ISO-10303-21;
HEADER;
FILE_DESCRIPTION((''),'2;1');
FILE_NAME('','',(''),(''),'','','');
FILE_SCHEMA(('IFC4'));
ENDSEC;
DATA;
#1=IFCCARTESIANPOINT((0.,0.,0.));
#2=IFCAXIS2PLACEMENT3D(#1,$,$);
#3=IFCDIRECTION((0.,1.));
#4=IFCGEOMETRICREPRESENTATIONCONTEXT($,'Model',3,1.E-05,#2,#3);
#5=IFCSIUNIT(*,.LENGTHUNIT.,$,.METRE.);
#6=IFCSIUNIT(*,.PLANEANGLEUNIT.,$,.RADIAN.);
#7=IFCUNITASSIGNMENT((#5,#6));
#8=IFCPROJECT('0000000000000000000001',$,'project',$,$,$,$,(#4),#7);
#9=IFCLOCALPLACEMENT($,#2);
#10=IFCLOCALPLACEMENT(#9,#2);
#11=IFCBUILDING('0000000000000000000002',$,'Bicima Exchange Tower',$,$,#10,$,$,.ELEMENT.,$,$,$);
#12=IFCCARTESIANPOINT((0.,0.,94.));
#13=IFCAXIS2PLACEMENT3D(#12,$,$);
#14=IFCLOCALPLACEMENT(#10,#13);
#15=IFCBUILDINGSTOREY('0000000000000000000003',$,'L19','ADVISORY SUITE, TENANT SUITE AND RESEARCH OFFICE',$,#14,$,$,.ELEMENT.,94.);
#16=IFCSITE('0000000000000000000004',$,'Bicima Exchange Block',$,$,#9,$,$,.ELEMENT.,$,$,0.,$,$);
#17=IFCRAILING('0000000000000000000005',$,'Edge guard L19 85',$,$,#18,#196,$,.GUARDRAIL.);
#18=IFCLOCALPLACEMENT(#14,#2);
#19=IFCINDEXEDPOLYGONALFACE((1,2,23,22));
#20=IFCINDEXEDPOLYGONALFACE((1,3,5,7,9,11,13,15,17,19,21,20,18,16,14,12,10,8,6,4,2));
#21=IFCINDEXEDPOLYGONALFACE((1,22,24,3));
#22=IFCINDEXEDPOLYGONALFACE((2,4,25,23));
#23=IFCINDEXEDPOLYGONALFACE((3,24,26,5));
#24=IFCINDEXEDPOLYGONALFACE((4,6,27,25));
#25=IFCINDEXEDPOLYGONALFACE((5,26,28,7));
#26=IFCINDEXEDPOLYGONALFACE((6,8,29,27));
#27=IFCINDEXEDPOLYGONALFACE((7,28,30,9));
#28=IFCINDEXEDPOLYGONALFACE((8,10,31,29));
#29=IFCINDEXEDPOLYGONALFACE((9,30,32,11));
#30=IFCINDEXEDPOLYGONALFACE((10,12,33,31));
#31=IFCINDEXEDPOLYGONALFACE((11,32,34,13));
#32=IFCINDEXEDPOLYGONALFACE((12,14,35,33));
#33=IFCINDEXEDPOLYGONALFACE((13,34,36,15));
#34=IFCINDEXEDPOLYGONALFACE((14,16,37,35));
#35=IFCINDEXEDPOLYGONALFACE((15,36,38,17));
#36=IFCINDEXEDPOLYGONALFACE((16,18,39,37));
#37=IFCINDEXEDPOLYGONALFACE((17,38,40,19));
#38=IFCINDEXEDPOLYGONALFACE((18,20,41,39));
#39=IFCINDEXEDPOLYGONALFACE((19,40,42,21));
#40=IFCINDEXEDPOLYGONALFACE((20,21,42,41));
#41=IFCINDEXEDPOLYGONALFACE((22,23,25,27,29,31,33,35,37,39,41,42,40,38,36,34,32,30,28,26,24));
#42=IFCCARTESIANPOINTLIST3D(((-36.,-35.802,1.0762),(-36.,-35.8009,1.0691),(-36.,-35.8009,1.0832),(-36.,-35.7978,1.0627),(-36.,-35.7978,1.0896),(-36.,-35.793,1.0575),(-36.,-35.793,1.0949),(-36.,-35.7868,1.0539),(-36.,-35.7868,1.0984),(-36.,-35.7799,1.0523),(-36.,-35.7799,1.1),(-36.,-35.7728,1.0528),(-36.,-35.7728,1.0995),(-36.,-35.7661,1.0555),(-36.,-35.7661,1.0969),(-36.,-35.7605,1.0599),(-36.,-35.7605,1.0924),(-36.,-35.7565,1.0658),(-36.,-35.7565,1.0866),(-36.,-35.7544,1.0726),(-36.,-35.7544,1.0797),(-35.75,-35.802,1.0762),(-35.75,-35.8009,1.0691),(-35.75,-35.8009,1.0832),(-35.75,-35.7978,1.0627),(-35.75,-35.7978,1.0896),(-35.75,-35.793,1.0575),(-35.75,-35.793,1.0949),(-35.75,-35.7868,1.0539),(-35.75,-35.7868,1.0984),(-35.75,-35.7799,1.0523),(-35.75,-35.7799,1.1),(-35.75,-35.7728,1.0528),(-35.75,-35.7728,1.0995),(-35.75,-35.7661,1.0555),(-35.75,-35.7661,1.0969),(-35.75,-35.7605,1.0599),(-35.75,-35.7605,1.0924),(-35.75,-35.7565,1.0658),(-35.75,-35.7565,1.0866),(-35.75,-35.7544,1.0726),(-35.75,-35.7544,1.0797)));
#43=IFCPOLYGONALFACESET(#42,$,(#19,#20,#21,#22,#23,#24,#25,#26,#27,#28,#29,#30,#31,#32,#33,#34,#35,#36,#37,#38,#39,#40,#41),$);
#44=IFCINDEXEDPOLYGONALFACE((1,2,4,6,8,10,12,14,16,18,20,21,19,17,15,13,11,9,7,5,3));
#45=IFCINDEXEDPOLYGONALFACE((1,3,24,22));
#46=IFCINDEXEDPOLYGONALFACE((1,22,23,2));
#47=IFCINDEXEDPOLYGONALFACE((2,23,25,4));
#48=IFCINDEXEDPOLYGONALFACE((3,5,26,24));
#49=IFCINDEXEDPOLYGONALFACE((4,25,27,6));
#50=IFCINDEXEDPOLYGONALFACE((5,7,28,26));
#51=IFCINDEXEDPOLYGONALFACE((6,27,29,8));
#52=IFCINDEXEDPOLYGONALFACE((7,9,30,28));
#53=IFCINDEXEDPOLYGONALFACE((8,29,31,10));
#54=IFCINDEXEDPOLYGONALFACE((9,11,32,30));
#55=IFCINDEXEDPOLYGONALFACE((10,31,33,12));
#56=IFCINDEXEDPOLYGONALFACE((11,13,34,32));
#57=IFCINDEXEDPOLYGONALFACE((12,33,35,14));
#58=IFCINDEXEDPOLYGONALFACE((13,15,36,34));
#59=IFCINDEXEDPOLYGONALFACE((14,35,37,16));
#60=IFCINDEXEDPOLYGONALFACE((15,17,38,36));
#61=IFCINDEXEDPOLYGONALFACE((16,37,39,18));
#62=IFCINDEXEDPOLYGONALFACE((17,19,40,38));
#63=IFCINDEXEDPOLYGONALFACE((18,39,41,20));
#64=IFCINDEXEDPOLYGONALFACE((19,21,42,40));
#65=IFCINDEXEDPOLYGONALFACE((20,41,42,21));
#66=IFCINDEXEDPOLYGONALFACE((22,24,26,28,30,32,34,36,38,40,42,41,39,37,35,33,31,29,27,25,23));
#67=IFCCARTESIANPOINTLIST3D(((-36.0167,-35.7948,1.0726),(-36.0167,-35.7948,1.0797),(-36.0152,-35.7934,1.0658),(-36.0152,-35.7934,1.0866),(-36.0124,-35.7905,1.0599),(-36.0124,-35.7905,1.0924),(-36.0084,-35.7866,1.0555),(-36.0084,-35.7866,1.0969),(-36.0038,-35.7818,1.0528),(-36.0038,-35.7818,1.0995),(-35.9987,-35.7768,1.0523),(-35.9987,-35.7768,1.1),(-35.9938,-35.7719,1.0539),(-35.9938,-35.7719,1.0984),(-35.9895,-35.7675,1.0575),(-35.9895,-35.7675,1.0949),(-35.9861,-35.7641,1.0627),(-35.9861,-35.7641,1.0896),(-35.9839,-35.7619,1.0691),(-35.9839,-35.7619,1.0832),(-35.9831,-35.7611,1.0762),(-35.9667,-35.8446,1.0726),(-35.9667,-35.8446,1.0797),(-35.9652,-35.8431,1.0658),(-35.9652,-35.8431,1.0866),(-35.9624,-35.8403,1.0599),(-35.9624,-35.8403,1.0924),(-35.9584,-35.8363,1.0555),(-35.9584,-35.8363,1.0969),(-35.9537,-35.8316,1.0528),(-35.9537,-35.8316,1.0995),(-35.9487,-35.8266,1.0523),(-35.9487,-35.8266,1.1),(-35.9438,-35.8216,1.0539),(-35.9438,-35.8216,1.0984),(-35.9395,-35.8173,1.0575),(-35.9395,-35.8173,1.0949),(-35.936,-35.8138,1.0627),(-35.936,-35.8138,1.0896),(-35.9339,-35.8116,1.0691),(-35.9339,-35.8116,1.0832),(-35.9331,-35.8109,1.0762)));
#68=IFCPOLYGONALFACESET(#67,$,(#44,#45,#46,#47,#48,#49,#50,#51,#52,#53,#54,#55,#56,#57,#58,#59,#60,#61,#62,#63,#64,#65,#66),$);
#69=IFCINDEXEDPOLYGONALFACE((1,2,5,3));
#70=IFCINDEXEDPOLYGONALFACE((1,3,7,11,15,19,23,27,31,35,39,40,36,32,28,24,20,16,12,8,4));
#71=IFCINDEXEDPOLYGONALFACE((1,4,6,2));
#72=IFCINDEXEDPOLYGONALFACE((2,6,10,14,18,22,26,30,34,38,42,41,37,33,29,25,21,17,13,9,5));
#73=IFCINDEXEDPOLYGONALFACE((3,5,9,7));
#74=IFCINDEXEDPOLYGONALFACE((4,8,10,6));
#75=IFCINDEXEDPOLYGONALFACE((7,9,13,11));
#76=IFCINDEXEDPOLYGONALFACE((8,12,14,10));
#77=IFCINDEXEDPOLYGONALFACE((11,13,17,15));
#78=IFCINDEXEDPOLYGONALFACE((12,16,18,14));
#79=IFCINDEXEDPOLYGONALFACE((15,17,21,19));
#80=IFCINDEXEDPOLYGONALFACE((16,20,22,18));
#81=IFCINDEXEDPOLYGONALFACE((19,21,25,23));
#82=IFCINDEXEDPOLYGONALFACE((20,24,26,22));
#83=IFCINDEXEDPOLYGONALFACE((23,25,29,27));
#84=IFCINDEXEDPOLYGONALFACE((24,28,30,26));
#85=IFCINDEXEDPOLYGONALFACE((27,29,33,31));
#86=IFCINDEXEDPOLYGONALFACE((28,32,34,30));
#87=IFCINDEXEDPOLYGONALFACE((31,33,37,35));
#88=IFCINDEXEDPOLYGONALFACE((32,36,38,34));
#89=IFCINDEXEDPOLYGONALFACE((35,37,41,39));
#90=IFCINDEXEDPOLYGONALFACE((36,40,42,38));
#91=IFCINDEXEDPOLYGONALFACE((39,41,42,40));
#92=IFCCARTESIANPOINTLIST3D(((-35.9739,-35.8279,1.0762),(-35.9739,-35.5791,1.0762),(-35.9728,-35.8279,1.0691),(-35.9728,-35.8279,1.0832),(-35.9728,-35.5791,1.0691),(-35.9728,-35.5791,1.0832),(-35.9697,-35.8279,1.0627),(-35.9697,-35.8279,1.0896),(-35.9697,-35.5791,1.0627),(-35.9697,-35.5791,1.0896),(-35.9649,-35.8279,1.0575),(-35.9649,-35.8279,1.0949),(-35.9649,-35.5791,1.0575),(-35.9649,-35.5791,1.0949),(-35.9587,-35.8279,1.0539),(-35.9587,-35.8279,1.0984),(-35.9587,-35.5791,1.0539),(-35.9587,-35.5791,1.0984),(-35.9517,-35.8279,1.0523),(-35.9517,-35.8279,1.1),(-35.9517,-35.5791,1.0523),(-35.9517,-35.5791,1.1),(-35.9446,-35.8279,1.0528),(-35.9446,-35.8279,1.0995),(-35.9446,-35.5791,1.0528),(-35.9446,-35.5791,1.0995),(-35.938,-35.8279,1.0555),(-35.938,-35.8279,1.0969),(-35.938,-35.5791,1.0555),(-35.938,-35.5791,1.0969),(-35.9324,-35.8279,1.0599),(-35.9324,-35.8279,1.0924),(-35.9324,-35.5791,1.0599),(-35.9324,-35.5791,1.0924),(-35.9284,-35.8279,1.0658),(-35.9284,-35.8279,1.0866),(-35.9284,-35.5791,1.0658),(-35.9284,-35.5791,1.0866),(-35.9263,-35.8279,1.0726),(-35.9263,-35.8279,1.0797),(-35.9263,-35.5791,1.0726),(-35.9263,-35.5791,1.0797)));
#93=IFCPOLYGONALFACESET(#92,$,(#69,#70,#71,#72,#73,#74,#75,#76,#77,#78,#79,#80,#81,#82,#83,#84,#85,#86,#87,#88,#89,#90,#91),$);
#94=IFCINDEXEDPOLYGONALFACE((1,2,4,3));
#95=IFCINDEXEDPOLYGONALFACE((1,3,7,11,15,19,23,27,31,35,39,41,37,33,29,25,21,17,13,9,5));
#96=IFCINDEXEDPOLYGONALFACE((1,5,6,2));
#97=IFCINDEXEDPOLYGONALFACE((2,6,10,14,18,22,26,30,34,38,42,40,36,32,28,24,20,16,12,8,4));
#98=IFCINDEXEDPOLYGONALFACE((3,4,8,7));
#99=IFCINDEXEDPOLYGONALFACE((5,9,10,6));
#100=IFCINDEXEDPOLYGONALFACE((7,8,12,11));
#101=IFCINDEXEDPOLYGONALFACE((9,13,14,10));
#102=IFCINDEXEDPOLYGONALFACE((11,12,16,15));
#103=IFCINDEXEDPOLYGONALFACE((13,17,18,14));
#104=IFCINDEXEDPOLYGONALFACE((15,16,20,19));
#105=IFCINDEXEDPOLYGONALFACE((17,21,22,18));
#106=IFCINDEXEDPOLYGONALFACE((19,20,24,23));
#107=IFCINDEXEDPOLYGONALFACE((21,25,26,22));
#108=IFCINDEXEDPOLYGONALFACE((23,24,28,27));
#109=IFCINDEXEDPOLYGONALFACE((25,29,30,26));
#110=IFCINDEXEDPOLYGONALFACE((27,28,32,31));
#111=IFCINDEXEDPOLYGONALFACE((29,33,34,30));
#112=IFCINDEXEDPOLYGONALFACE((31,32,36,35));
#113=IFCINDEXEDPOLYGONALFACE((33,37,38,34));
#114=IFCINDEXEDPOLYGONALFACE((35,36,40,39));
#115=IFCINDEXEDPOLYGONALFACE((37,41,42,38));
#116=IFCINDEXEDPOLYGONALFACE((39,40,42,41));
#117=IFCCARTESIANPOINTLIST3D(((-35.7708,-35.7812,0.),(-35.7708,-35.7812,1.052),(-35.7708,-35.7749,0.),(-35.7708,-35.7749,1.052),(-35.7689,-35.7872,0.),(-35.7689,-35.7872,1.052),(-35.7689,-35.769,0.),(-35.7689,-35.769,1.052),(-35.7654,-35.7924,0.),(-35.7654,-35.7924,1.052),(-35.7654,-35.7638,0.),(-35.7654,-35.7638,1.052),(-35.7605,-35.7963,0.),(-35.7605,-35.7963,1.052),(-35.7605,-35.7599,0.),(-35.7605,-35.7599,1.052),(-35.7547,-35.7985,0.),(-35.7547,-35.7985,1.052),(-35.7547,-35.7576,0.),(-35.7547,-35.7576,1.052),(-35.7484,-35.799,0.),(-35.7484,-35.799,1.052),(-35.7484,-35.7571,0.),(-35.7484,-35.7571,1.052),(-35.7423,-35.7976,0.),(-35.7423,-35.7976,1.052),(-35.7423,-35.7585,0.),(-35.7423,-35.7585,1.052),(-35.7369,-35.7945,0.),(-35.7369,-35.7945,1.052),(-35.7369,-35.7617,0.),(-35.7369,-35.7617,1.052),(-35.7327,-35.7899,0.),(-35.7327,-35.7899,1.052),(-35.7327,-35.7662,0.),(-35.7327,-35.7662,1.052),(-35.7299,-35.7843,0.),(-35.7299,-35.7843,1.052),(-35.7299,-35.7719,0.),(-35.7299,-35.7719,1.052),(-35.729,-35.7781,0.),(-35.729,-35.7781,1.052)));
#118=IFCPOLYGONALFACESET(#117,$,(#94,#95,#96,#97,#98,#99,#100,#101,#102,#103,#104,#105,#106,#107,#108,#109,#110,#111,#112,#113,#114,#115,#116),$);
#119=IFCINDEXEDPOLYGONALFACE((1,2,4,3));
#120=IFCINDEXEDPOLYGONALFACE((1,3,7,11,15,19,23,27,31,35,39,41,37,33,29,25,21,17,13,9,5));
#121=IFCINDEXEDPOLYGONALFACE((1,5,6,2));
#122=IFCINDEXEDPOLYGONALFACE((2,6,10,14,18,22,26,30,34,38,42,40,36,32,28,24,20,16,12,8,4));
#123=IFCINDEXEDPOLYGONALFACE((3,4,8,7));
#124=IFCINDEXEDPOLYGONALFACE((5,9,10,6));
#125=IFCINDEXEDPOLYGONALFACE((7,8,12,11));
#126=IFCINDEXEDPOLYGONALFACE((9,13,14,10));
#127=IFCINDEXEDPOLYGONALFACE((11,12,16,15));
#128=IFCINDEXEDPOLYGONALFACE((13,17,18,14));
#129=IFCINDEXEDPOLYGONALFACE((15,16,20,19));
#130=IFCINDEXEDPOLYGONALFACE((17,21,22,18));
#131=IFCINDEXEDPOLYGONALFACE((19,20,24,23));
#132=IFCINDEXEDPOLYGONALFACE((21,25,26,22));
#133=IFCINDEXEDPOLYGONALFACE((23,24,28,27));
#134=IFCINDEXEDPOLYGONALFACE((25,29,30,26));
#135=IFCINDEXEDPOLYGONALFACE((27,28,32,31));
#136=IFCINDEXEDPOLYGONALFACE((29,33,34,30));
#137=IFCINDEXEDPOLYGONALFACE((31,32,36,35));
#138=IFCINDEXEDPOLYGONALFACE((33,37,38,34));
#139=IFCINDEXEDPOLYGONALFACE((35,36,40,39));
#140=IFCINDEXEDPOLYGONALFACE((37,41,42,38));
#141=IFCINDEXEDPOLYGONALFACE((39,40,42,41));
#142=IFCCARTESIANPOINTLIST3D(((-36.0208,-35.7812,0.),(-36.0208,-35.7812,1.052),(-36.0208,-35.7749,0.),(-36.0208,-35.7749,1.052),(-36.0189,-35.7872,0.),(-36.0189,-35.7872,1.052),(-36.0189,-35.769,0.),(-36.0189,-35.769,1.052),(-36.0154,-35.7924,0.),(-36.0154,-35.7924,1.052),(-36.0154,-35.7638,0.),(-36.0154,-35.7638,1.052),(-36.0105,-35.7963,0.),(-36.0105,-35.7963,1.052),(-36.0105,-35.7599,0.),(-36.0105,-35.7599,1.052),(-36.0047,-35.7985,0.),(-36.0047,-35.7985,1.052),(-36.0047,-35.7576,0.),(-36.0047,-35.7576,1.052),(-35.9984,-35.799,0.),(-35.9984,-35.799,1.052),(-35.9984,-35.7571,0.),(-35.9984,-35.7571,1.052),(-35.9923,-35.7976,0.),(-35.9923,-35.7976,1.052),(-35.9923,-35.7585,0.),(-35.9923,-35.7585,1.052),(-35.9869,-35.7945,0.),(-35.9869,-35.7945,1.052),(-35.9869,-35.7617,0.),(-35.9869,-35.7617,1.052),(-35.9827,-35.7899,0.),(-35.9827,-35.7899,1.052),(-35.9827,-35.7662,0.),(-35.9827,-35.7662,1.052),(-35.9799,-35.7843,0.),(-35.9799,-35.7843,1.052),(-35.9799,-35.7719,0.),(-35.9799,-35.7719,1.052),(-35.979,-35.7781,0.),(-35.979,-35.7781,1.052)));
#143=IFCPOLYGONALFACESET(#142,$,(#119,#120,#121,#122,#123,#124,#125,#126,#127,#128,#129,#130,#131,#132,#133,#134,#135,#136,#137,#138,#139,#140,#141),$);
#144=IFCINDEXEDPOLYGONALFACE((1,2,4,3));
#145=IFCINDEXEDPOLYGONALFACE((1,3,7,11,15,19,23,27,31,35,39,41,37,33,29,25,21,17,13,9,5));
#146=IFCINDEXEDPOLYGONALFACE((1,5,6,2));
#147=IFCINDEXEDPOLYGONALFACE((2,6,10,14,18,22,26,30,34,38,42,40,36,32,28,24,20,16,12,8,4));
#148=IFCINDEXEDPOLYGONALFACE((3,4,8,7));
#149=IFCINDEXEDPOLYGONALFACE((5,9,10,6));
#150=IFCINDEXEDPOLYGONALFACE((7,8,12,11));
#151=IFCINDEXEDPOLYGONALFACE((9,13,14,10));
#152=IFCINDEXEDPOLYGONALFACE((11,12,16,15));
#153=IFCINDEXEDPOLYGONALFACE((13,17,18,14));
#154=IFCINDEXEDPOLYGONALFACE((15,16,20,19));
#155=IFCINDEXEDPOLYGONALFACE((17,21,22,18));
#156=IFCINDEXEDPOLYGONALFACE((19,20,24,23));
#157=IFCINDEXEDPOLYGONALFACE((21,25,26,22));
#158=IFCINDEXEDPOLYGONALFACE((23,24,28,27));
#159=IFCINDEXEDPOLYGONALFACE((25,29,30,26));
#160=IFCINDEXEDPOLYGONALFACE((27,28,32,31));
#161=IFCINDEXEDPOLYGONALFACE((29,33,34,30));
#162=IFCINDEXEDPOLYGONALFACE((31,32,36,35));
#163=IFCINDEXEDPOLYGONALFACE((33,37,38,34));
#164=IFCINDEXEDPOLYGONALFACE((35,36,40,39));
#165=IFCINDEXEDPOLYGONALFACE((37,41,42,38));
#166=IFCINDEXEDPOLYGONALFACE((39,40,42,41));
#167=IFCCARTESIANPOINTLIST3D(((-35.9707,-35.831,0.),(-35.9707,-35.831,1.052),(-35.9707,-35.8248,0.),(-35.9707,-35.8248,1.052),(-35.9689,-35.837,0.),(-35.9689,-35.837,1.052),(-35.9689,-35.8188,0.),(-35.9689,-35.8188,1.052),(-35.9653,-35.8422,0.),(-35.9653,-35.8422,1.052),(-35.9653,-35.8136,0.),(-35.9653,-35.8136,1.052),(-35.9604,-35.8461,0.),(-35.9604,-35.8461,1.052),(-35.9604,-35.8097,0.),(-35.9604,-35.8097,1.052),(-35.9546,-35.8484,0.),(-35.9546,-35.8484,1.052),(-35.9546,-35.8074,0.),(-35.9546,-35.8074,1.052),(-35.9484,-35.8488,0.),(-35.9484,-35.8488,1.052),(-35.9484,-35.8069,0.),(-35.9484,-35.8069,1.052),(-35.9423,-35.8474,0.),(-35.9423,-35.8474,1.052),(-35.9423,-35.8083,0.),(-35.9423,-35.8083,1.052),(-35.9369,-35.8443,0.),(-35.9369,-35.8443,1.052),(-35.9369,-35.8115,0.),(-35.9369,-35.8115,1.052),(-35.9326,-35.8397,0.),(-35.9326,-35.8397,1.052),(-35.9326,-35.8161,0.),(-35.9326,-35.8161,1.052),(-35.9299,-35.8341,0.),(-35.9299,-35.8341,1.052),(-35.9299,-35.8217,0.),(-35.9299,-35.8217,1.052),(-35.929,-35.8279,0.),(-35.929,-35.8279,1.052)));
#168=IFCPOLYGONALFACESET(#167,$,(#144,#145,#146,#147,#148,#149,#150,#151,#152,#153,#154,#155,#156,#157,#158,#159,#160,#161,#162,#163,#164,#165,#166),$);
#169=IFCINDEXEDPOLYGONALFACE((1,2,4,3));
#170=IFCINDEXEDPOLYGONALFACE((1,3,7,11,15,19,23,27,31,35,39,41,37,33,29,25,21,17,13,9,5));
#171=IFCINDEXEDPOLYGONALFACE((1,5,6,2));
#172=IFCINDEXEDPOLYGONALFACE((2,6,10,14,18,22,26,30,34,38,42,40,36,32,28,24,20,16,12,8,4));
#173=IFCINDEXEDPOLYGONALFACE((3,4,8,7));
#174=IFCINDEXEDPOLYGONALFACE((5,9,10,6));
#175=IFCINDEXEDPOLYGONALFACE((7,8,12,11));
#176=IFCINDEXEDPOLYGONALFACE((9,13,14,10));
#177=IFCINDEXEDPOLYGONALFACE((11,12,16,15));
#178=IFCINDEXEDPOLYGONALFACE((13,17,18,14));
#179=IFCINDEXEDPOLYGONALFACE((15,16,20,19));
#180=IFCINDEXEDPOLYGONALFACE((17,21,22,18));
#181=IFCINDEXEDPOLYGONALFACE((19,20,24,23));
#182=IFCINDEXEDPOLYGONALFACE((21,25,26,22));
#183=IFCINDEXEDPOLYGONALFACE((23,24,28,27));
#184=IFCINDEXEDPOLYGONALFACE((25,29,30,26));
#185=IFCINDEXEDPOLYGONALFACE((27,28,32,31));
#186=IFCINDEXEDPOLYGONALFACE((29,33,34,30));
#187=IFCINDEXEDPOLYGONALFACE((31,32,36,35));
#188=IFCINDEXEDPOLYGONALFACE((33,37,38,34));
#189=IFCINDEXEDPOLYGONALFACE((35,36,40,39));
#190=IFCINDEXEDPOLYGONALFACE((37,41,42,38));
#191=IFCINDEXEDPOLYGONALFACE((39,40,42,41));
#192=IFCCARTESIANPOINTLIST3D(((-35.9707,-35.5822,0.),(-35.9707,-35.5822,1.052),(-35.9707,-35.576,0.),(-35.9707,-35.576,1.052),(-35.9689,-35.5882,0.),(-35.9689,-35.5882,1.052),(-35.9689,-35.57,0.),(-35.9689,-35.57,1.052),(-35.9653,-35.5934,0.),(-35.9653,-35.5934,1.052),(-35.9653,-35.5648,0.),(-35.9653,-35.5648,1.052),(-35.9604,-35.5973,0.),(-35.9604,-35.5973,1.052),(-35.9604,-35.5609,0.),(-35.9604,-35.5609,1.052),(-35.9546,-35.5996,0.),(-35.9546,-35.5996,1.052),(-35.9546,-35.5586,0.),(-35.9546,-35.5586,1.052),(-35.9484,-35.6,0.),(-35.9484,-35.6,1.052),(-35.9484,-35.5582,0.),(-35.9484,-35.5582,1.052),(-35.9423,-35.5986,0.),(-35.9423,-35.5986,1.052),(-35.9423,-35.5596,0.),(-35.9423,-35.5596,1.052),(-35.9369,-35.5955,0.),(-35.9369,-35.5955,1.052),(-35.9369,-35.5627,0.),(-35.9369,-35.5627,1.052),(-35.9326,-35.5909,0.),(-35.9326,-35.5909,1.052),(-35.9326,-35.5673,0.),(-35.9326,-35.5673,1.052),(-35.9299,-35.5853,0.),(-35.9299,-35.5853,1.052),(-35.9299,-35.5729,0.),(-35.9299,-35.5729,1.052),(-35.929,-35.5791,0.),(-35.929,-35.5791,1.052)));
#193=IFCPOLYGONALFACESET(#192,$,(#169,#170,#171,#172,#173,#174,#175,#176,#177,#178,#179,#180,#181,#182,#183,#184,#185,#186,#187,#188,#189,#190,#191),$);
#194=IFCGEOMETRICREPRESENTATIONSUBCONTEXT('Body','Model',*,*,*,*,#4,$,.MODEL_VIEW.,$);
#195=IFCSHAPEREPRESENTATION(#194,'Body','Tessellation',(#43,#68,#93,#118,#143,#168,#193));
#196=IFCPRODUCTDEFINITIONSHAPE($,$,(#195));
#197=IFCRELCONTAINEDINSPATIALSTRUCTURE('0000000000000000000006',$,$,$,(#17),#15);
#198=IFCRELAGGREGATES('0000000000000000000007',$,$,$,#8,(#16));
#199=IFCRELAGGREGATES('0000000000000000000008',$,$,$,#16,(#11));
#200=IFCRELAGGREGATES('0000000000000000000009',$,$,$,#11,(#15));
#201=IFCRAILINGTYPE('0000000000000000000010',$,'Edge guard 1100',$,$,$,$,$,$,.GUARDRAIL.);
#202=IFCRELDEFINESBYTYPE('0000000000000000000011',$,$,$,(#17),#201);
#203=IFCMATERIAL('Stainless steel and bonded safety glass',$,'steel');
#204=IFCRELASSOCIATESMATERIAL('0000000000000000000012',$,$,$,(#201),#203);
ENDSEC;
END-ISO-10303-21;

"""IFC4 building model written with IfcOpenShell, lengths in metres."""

from ifc_helpers import new_model, si_unit, direction, frame, origin, origin_2d, place, context, subcontext, project, spatial, circle, extrude, material, type_object, element, save


model = new_model("IFC4")

# Units and contexts
model_context = context("Model", 3, precision=1e-05, world=origin(), true_north=direction((0.0, 1.0)))
body_context = subcontext(model_context, "Body", "Model", "MODEL_VIEW")
ifc_project = project(units=[si_unit("LENGTHUNIT", "METRE"), si_unit("PLANEANGLEUNIT", "RADIAN")], contexts=[model_context])

# Site, building, storey
site_placement = place(None, origin())
site = spatial("IfcSite", under=ifc_project, at=site_placement, Name="Bicima Exchange Block", CompositionType="ELEMENT", RefElevation=0.0)
building_placement = place(site_placement, origin())
building = spatial("IfcBuilding", under=site, at=building_placement, Name="Bicima Exchange Tower", CompositionType="ELEMENT")
storey_placement = place(building_placement, frame((0.0, 0.0, 94.0)))
storey = spatial("IfcBuildingStorey", under=building, at=storey_placement, Name="L19", Description="ADVISORY SUITE, TENANT SUITE AND RESEARCH OFFICE", CompositionType="ELEMENT", Elevation=94.0)

# Railing
ifc_material_1 = material(Name="Stainless steel and bonded safety glass", Category="steel")
railing_type = type_object("IfcRailingType", Name="Edge guard 1100", PredefinedType="GUARDRAIL", material=ifc_material_1)
railing_1_placement = place(storey_placement, frame((-35.75, -35.7781, 0.0)))
element("IfcRailing", 1, at=railing_1_placement, inside=storey, type_object=railing_type, Name="Edge guard L19 85", PredefinedType="GUARDRAIL", context=body_context, shape_type="SweptSolid", body=[
    extrude(circle(Radius=0.0239, at=origin_2d()), frame((0.0, 0.0, 1.0762), z_axis=(-1.0, 0.0, 0.0), x_axis=(0.0, -1.0, 0.0)), (0.0, 0.0, 1.0), 0.25),
    extrude(circle(Radius=0.0239, at=origin_2d()), frame((-0.25, 0.0, 1.0762), z_axis=(0.708834, -0.705376, 0.0), x_axis=(0.705376, 0.708834, 0.0)), (0.0, 0.0, 1.0), 0.0706),
    extrude(circle(Radius=0.0239, at=origin_2d()), frame((-0.2, -0.0498, 1.0762), z_axis=(0.0, 1.0, 0.0), x_axis=(-1.0, 0.0, 0.0)), (0.0, 0.0, 1.0), 0.2488),
    extrude(circle(Radius=0.021, at=origin_2d()), origin(), (0.0, 0.0, 1.0), 1.052),
    extrude(circle(Radius=0.021, at=origin_2d()), frame((-0.25, 0.0, 0.0)), (0.0, 0.0, 1.0), 1.052),
    extrude(circle(Radius=0.021, at=origin_2d()), frame((-0.2, -0.0498, 0.0)), (0.0, 0.0, 1.0), 1.052),
    extrude(circle(Radius=0.021, at=origin_2d()), frame((-0.2, 0.199, 0.0)), (0.0, 0.0, 1.0), 1.052),
])

save(model, "model.ifc")
